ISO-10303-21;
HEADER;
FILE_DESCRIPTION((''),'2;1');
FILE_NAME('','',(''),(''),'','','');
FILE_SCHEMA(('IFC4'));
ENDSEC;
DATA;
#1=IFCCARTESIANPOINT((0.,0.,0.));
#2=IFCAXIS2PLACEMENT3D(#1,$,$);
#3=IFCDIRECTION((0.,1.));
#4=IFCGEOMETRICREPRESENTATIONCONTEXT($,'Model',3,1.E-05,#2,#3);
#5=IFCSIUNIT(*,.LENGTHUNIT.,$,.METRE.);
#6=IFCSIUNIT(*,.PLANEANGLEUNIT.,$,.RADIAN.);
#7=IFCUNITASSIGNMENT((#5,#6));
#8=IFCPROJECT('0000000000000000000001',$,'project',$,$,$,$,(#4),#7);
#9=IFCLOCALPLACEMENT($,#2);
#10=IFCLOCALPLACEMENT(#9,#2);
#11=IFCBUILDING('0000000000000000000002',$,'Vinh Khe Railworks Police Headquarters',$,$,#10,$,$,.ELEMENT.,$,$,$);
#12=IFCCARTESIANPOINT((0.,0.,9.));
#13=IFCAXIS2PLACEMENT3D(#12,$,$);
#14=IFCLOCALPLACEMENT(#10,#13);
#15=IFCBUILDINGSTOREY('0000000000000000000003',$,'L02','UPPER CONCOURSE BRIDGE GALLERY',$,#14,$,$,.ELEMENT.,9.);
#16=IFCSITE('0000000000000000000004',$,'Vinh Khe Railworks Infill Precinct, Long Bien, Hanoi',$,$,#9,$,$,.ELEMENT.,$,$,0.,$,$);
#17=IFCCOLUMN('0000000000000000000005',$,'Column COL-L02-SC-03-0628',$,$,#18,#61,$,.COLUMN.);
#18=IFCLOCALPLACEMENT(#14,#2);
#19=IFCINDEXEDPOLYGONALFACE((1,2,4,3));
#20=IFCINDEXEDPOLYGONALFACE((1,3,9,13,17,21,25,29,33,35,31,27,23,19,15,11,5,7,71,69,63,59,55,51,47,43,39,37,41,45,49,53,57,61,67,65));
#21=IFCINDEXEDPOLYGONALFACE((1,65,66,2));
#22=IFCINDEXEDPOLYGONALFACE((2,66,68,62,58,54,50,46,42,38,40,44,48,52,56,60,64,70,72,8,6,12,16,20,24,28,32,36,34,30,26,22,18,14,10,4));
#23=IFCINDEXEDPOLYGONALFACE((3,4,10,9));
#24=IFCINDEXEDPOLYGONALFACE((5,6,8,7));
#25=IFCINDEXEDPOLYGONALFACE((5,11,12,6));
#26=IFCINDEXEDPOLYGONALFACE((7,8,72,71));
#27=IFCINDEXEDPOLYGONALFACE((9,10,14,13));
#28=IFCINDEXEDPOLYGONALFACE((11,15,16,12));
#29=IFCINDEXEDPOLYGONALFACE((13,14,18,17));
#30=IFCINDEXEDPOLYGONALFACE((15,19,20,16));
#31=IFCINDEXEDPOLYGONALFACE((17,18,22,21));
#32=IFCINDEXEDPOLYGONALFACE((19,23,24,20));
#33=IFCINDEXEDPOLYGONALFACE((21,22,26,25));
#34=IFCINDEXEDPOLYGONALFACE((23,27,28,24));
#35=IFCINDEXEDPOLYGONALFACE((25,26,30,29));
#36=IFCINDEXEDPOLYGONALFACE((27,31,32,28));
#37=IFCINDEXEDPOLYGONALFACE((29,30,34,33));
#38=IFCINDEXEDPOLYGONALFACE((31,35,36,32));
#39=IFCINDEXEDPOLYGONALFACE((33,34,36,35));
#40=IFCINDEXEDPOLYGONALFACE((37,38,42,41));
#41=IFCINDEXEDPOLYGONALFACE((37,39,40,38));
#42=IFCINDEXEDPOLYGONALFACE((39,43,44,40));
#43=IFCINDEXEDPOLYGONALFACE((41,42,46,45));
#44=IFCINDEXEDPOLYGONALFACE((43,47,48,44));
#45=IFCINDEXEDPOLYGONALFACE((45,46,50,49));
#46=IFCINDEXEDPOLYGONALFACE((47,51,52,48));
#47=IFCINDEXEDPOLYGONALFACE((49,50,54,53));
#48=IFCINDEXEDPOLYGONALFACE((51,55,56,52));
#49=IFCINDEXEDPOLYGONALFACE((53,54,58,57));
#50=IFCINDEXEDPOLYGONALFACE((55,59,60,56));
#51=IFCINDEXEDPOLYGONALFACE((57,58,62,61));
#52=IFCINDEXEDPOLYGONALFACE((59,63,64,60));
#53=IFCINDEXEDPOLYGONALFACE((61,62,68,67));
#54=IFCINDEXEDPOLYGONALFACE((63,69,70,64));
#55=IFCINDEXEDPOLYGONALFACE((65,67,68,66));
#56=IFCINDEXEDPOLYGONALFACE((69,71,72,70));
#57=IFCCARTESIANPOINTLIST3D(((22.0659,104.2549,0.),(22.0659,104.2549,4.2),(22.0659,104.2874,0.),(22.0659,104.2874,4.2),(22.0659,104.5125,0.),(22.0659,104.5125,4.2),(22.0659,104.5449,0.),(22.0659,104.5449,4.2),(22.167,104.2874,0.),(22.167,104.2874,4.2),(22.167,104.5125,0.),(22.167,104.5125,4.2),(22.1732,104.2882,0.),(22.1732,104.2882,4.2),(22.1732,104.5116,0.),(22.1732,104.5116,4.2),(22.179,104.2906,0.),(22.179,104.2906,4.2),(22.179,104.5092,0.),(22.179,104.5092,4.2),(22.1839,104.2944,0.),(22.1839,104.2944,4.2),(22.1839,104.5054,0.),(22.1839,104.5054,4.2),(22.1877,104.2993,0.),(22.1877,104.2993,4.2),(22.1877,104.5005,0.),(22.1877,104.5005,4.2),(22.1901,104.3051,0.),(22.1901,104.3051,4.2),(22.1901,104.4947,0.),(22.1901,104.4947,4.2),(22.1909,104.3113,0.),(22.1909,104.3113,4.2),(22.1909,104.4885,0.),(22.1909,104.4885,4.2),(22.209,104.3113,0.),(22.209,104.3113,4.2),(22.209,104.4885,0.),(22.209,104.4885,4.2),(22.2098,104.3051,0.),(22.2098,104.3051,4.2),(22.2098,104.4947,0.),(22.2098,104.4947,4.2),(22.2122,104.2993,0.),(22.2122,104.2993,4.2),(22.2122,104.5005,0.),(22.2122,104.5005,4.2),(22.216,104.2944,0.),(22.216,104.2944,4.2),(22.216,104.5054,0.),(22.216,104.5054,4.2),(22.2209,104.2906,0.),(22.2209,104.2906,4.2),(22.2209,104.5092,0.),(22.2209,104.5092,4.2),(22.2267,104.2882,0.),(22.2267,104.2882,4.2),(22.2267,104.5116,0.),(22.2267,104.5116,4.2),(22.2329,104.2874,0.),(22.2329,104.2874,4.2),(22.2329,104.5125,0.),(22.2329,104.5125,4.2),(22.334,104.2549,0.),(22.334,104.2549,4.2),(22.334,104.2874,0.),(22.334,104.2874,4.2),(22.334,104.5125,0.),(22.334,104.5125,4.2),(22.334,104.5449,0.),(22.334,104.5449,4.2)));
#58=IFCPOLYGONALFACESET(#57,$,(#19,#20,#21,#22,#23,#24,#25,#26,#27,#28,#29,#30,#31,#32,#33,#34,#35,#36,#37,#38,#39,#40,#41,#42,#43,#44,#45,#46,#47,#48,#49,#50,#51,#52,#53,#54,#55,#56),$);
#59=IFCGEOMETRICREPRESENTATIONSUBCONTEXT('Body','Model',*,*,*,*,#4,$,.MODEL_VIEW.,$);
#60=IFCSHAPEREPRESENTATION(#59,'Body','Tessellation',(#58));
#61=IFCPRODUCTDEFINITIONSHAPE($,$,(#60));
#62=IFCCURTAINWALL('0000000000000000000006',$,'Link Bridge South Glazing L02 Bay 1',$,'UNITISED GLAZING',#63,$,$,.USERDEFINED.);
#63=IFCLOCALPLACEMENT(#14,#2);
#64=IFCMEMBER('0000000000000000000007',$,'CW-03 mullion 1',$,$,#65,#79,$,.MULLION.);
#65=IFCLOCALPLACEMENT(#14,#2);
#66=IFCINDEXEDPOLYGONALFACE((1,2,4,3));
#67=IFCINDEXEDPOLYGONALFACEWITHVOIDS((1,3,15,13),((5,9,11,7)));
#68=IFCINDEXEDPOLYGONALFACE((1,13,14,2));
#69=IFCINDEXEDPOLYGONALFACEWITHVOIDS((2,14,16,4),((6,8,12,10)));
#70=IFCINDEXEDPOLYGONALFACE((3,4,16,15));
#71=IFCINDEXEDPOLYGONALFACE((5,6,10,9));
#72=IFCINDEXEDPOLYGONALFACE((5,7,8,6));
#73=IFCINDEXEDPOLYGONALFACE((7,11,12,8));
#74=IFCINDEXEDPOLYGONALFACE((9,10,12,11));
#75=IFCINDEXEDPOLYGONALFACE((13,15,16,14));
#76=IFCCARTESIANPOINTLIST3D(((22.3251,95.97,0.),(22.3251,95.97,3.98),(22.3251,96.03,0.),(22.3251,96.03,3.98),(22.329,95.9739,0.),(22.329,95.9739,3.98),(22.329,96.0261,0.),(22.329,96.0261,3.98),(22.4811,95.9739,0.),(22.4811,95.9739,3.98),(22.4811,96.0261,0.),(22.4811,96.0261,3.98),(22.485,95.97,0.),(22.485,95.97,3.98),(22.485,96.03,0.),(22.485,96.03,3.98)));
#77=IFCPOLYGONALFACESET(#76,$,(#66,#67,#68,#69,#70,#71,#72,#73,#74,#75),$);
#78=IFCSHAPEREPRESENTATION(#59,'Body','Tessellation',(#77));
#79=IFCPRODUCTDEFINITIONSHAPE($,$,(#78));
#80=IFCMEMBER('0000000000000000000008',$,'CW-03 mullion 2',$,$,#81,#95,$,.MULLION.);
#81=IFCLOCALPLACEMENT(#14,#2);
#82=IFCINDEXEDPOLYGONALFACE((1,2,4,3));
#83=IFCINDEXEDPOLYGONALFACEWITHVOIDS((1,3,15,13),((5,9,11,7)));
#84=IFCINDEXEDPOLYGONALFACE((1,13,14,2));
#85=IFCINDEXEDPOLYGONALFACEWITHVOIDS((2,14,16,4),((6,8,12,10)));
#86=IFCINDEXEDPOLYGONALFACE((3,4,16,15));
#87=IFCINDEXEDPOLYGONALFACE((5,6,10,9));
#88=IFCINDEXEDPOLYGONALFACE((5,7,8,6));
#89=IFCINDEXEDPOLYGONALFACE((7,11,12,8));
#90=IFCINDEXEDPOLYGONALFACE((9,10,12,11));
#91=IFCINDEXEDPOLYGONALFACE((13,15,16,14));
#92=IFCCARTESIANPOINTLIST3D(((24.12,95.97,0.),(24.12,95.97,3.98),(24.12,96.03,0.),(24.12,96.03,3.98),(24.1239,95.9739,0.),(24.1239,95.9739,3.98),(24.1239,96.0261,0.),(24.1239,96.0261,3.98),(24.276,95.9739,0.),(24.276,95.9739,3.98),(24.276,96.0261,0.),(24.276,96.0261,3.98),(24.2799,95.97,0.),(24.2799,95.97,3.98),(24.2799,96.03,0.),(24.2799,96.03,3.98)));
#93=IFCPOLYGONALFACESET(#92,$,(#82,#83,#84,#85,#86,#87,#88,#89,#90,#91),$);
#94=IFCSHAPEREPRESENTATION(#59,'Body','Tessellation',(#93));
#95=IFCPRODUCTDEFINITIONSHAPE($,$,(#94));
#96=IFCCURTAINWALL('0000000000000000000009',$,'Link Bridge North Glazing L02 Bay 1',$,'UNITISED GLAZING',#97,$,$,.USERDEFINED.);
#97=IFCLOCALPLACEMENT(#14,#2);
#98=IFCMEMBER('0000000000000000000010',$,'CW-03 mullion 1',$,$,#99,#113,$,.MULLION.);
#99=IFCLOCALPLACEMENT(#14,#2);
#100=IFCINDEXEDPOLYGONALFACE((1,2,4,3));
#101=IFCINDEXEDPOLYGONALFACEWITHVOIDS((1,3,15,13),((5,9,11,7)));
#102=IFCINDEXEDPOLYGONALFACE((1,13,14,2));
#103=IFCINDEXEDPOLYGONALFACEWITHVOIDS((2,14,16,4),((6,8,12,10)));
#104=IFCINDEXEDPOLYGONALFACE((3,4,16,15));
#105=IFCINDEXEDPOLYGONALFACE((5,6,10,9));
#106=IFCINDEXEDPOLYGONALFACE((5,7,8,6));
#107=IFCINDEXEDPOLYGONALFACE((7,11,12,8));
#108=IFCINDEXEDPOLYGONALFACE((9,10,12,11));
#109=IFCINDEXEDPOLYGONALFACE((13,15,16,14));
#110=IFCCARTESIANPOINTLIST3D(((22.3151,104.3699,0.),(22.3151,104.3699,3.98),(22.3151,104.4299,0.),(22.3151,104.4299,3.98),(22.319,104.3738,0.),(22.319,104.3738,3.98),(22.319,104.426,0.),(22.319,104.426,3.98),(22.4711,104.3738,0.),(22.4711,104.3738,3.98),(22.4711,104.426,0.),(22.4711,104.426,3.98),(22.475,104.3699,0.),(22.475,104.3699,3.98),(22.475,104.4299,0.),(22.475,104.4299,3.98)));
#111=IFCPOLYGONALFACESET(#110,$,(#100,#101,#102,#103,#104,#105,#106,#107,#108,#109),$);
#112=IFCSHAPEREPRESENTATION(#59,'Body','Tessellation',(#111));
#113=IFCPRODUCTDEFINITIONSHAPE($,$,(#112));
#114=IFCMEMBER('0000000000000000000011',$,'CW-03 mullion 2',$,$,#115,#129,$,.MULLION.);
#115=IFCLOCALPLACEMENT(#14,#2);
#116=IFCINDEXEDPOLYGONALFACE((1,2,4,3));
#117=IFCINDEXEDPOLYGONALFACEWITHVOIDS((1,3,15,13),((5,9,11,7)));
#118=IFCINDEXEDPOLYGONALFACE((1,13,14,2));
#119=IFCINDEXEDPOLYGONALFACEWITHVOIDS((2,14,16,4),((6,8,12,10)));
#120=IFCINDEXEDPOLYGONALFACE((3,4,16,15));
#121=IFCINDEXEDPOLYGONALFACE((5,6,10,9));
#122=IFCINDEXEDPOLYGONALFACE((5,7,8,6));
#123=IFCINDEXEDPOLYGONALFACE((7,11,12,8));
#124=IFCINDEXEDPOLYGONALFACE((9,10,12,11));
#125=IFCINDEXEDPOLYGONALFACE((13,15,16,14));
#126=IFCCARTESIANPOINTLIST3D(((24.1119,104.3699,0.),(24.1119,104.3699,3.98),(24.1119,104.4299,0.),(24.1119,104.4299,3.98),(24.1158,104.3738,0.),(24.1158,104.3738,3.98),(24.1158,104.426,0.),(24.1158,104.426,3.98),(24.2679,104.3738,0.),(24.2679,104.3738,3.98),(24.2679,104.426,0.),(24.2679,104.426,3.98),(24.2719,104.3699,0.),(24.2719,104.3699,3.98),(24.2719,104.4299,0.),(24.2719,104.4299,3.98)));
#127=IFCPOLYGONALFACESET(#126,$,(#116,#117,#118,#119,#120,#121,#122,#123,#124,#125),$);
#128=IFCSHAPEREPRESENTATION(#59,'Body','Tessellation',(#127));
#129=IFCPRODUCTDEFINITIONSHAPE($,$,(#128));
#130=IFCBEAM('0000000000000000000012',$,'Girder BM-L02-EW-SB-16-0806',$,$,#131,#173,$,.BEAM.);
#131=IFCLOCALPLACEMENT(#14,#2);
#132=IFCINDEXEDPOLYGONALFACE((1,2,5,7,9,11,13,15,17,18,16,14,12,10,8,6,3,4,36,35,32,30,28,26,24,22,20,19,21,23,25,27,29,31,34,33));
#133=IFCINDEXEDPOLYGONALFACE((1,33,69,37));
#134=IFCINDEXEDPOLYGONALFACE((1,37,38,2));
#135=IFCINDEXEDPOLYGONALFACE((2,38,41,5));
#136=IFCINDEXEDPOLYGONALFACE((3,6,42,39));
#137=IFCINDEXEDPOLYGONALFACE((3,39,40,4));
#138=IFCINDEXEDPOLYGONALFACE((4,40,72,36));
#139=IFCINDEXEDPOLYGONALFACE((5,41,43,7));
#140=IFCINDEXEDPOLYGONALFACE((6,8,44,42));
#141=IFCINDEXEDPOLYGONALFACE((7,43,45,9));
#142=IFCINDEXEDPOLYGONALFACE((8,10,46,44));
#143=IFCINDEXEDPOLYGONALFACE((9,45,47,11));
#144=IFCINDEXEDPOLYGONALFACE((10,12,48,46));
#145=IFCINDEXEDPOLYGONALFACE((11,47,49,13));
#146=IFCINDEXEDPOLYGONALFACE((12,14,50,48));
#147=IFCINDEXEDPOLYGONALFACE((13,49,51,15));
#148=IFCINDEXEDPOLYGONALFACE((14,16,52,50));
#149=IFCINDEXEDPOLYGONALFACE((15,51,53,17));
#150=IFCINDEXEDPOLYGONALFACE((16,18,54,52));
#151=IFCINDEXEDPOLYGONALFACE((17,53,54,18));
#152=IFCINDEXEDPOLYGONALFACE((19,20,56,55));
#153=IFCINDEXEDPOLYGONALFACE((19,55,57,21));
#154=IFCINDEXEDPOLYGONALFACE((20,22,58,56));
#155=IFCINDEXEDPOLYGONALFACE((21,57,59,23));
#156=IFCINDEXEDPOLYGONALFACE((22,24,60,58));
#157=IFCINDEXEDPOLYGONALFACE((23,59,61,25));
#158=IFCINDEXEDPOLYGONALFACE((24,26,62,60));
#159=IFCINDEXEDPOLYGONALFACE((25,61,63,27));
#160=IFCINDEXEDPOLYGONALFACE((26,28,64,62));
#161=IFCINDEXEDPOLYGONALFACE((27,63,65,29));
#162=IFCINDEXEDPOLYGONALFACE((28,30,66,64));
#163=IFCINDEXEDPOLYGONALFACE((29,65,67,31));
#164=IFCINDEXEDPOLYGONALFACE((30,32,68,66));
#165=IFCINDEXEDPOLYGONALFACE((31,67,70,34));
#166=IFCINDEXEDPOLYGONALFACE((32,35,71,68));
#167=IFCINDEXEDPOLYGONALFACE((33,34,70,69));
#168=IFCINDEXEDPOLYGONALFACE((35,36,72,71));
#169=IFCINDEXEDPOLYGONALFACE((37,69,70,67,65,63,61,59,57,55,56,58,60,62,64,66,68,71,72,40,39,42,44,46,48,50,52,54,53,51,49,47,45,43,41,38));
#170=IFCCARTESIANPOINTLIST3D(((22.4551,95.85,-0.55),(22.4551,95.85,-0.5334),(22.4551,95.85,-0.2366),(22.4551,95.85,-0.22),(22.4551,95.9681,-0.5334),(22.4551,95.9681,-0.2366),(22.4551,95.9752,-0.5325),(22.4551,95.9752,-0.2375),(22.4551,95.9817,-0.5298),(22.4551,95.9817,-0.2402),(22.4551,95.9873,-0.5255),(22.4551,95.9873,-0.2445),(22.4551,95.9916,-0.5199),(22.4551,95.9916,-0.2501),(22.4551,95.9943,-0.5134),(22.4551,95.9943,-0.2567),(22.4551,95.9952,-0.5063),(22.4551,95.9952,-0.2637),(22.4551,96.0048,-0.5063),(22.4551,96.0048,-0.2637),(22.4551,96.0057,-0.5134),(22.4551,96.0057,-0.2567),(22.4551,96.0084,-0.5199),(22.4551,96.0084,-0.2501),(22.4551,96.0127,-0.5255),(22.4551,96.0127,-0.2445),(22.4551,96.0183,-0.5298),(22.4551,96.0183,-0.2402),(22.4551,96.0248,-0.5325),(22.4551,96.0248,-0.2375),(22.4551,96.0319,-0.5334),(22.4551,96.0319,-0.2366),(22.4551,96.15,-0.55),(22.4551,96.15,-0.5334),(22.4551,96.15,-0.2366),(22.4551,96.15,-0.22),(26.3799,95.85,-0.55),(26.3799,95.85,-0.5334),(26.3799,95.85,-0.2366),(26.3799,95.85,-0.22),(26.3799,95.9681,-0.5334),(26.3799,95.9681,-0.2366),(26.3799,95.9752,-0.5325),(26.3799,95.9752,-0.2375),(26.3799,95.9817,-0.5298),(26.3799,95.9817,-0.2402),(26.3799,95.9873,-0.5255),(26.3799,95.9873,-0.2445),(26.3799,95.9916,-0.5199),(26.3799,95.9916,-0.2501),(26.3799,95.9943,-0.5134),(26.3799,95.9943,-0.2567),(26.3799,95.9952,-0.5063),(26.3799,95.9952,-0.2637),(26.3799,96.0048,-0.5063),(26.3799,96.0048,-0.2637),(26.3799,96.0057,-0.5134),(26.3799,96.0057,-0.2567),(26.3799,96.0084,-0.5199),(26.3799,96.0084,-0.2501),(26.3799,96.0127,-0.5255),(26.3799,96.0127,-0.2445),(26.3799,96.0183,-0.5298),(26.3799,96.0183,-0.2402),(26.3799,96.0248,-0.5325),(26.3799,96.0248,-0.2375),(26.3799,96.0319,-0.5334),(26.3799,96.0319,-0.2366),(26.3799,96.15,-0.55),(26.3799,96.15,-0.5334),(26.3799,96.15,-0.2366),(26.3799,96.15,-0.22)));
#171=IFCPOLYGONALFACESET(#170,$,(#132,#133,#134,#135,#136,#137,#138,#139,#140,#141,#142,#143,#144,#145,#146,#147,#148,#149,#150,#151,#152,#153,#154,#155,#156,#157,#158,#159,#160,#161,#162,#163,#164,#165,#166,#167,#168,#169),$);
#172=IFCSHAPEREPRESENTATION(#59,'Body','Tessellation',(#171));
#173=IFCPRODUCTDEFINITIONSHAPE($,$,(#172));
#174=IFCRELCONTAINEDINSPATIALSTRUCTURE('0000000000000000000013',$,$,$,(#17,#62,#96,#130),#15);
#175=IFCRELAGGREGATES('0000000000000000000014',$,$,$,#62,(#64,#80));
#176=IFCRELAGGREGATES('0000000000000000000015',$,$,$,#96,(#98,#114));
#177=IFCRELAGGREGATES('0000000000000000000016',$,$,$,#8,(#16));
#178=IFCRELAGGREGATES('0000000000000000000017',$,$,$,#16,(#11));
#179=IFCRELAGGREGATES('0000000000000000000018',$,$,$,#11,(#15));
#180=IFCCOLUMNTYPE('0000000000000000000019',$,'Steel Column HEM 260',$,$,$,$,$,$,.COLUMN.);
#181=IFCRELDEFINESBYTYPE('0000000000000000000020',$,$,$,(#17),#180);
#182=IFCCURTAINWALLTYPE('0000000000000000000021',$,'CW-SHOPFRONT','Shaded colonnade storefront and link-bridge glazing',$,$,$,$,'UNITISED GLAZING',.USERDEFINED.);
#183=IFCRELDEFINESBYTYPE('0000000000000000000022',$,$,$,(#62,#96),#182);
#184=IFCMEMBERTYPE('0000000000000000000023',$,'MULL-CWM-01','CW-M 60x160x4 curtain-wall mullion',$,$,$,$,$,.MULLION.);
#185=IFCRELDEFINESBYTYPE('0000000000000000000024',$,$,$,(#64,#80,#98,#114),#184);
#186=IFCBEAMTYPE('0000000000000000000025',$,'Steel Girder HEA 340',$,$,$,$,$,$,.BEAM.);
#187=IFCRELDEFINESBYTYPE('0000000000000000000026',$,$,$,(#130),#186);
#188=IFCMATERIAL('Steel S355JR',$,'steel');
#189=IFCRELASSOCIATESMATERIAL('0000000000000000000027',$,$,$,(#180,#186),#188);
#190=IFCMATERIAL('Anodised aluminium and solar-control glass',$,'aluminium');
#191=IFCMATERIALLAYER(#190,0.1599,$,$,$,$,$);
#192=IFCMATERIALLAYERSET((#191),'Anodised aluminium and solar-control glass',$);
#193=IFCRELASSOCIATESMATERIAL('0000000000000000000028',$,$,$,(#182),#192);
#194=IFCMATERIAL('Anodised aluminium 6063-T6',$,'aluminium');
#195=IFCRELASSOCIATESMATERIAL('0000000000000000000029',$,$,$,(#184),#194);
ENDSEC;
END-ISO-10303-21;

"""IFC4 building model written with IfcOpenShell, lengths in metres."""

from ifc_helpers import new_model, si_unit, direction, frame, origin, origin_2d, place, context, subcontext, project, spatial, hollow_rectangle, i_section, extrude, material, layer, layer_set, material_profile, profile_set, type_object, element, aggregate, save


model = new_model("IFC4")

# Units and contexts
model_context = context("Model", 3, precision=1e-05, world=origin(), true_north=direction((0.0, 1.0)))
body_context = subcontext(model_context, "Body", "Model", "MODEL_VIEW")
ifc_project = project(units=[si_unit("LENGTHUNIT", "METRE"), si_unit("PLANEANGLEUNIT", "RADIAN")], contexts=[model_context])

# Site, building, storey
site_placement = place(None, origin())
site = spatial("IfcSite", under=ifc_project, at=site_placement, Name="Vinh Khe Railworks Infill Precinct, Long Bien, Hanoi", CompositionType="ELEMENT", RefElevation=0.0)
building_placement = place(site_placement, origin())
building = spatial("IfcBuilding", under=site, at=building_placement, Name="Vinh Khe Railworks Police Headquarters", CompositionType="ELEMENT")
storey_placement = place(building_placement, frame((0.0, 0.0, 9.0)))
storey = spatial("IfcBuildingStorey", under=building, at=storey_placement, Name="L02", Description="UPPER CONCOURSE BRIDGE GALLERY", CompositionType="ELEMENT", Elevation=9.0)

# Column
ifc_material_1 = material(Name="Steel S355JR", Category="steel")
ifc_material_profile_1 = material_profile(ifc_material_1, i_section(OverallWidth=0.2681, OverallDepth=0.29, WebThickness=0.0181, FlangeThickness=0.0325, FilletRadius=0.0239, at=origin_2d()), Name="HEM 260")
ifc_profile_set_1 = profile_set([ifc_material_profile_1], Name="Steel S355JR")
column_type = type_object("IfcColumnType", Name="Steel Column HEM 260", PredefinedType="COLUMN", material=ifc_profile_set_1)
column_placement = place(storey_placement, frame((22.2, 104.3999, 0.0), z_axis=(0.0, 0.0, 1.0), x_axis=(1.0, 0.0, 0.0)))
element("IfcColumn", 1, at=column_placement, inside=storey, type_object=column_type, Name="Column COL-L02-SC-03-0628", PredefinedType="COLUMN", context=body_context, shape_type="SweptSolid", body=[
    extrude(i_section(OverallWidth=0.2681, OverallDepth=0.29, WebThickness=0.0181, FlangeThickness=0.0325, FilletRadius=0.0239, at=origin_2d()), origin(), (0.0, 0.0, 1.0), 4.2),
])

# Curtain walls, members
ifc_material_2 = material(Name="Anodised aluminium and solar-control glass", Category="aluminium")
ifc_layer_1 = layer(ifc_material_2, 0.1599)
ifc_layer_set_1 = layer_set([ifc_layer_1], Name="Anodised aluminium and solar-control glass")
curtain_wall_type = type_object("IfcCurtainWallType", Name="CW-SHOPFRONT", Description="Shaded colonnade storefront and link-bridge glazing", ElementType="UNITISED GLAZING", PredefinedType="USERDEFINED", material=ifc_layer_set_1)
curtain_wall_1_placement = place(storey_placement, origin())
curtain_wall_1 = element("IfcCurtainWall", 2, at=curtain_wall_1_placement, inside=storey, type_object=curtain_wall_type, Name="Link Bridge South Glazing L02 Bay 1", ObjectType="UNITISED GLAZING", PredefinedType="USERDEFINED")
ifc_material_3 = material(Name="Anodised aluminium 6063-T6", Category="aluminium")
ifc_material_profile_2 = material_profile(ifc_material_3, hollow_rectangle(XDim=0.0601, YDim=0.1599, WallThickness=0.0039, at=origin_2d()), Name="CW-M 60x160x4")
ifc_profile_set_2 = profile_set([ifc_material_profile_2], Name="Anodised aluminium 6063-T6")
member_type_1 = type_object("IfcMemberType", Name="MULL-CWM-01", Description="CW-M 60x160x4 curtain-wall mullion", PredefinedType="MULLION", material=ifc_profile_set_2)
member_1_placement = place(storey_placement, frame((22.405, 96.0, 0.0), z_axis=(0.0, 0.0, 1.0), x_axis=(0.0, 1.0, 0.0)))
member_1 = element("IfcMember", 3, at=member_1_placement, type_object=member_type_1, Name="CW-03 mullion 1", PredefinedType="MULLION", context=body_context, shape_type="SweptSolid", body=[
    extrude(hollow_rectangle(XDim=0.0601, YDim=0.1599, WallThickness=0.0039, at=origin_2d()), origin(), (0.0, 0.0, 1.0), 3.98),
])
member_2_placement = place(storey_placement, frame((24.2, 96.0, 0.0), z_axis=(0.0, 0.0, 1.0), x_axis=(0.0, 1.0, 0.0)))
member_2 = element("IfcMember", 4, at=member_2_placement, type_object=member_type_1, Name="CW-03 mullion 2", PredefinedType="MULLION", context=body_context, shape_type="SweptSolid", body=[
    extrude(hollow_rectangle(XDim=0.0601, YDim=0.1599, WallThickness=0.0039, at=origin_2d()), origin(), (0.0, 0.0, 1.0), 3.98),
])
curtain_wall_2_placement = place(storey_placement, origin())
curtain_wall_2 = element("IfcCurtainWall", 5, at=curtain_wall_2_placement, inside=storey, type_object=curtain_wall_type, Name="Link Bridge North Glazing L02 Bay 1", ObjectType="UNITISED GLAZING", PredefinedType="USERDEFINED")
member_3_placement = place(storey_placement, frame((22.395, 104.3999, 0.0), z_axis=(0.0, 0.0, 1.0), x_axis=(0.0, 1.0, 0.0)))
member_3 = element("IfcMember", 6, at=member_3_placement, type_object=member_type_1, Name="CW-03 mullion 1", PredefinedType="MULLION", context=body_context, shape_type="SweptSolid", body=[
    extrude(hollow_rectangle(XDim=0.0601, YDim=0.1599, WallThickness=0.0039, at=origin_2d()), origin(), (0.0, 0.0, 1.0), 3.98),
])
member_4_placement = place(storey_placement, frame((24.1919, 104.3999, 0.0), z_axis=(0.0, 0.0, 1.0), x_axis=(0.0, 1.0, 0.0)))
member_4 = element("IfcMember", 7, at=member_4_placement, type_object=member_type_1, Name="CW-03 mullion 2", PredefinedType="MULLION", context=body_context, shape_type="SweptSolid", body=[
    extrude(hollow_rectangle(XDim=0.0601, YDim=0.1599, WallThickness=0.0039, at=origin_2d()), origin(), (0.0, 0.0, 1.0), 3.98),
])

# Beam
ifc_material_profile_3 = material_profile(ifc_material_1, i_section(OverallWidth=0.3, OverallDepth=0.3301, WebThickness=0.0095, FlangeThickness=0.0166, FilletRadius=0.0271, at=origin_2d()), Name="HEA 340")
ifc_profile_set_3 = profile_set([ifc_material_profile_3], Name="Steel S355JR")
beam_type_1 = type_object("IfcBeamType", Name="Steel Girder HEA 340", PredefinedType="BEAM", material=ifc_profile_set_3)
beam_1_placement = place(storey_placement, frame((22.4551, 96.0, -0.385), z_axis=(1.0, 0.0, 0.0), x_axis=(0.0, 1.0, 0.0)))
element("IfcBeam", 8, at=beam_1_placement, inside=storey, type_object=beam_type_1, Name="Girder BM-L02-EW-SB-16-0806", PredefinedType="BEAM", context=body_context, shape_type="SweptSolid", body=[
    extrude(i_section(OverallWidth=0.3, OverallDepth=0.3301, WebThickness=0.0095, FlangeThickness=0.0166, FilletRadius=0.0271, at=origin_2d()), origin(), (0.0, 0.0, 1.0), 3.9248),
])

aggregate(curtain_wall_1, [member_1, member_2])
aggregate(curtain_wall_2, [member_3, member_4])

save(model, "model.ifc")
